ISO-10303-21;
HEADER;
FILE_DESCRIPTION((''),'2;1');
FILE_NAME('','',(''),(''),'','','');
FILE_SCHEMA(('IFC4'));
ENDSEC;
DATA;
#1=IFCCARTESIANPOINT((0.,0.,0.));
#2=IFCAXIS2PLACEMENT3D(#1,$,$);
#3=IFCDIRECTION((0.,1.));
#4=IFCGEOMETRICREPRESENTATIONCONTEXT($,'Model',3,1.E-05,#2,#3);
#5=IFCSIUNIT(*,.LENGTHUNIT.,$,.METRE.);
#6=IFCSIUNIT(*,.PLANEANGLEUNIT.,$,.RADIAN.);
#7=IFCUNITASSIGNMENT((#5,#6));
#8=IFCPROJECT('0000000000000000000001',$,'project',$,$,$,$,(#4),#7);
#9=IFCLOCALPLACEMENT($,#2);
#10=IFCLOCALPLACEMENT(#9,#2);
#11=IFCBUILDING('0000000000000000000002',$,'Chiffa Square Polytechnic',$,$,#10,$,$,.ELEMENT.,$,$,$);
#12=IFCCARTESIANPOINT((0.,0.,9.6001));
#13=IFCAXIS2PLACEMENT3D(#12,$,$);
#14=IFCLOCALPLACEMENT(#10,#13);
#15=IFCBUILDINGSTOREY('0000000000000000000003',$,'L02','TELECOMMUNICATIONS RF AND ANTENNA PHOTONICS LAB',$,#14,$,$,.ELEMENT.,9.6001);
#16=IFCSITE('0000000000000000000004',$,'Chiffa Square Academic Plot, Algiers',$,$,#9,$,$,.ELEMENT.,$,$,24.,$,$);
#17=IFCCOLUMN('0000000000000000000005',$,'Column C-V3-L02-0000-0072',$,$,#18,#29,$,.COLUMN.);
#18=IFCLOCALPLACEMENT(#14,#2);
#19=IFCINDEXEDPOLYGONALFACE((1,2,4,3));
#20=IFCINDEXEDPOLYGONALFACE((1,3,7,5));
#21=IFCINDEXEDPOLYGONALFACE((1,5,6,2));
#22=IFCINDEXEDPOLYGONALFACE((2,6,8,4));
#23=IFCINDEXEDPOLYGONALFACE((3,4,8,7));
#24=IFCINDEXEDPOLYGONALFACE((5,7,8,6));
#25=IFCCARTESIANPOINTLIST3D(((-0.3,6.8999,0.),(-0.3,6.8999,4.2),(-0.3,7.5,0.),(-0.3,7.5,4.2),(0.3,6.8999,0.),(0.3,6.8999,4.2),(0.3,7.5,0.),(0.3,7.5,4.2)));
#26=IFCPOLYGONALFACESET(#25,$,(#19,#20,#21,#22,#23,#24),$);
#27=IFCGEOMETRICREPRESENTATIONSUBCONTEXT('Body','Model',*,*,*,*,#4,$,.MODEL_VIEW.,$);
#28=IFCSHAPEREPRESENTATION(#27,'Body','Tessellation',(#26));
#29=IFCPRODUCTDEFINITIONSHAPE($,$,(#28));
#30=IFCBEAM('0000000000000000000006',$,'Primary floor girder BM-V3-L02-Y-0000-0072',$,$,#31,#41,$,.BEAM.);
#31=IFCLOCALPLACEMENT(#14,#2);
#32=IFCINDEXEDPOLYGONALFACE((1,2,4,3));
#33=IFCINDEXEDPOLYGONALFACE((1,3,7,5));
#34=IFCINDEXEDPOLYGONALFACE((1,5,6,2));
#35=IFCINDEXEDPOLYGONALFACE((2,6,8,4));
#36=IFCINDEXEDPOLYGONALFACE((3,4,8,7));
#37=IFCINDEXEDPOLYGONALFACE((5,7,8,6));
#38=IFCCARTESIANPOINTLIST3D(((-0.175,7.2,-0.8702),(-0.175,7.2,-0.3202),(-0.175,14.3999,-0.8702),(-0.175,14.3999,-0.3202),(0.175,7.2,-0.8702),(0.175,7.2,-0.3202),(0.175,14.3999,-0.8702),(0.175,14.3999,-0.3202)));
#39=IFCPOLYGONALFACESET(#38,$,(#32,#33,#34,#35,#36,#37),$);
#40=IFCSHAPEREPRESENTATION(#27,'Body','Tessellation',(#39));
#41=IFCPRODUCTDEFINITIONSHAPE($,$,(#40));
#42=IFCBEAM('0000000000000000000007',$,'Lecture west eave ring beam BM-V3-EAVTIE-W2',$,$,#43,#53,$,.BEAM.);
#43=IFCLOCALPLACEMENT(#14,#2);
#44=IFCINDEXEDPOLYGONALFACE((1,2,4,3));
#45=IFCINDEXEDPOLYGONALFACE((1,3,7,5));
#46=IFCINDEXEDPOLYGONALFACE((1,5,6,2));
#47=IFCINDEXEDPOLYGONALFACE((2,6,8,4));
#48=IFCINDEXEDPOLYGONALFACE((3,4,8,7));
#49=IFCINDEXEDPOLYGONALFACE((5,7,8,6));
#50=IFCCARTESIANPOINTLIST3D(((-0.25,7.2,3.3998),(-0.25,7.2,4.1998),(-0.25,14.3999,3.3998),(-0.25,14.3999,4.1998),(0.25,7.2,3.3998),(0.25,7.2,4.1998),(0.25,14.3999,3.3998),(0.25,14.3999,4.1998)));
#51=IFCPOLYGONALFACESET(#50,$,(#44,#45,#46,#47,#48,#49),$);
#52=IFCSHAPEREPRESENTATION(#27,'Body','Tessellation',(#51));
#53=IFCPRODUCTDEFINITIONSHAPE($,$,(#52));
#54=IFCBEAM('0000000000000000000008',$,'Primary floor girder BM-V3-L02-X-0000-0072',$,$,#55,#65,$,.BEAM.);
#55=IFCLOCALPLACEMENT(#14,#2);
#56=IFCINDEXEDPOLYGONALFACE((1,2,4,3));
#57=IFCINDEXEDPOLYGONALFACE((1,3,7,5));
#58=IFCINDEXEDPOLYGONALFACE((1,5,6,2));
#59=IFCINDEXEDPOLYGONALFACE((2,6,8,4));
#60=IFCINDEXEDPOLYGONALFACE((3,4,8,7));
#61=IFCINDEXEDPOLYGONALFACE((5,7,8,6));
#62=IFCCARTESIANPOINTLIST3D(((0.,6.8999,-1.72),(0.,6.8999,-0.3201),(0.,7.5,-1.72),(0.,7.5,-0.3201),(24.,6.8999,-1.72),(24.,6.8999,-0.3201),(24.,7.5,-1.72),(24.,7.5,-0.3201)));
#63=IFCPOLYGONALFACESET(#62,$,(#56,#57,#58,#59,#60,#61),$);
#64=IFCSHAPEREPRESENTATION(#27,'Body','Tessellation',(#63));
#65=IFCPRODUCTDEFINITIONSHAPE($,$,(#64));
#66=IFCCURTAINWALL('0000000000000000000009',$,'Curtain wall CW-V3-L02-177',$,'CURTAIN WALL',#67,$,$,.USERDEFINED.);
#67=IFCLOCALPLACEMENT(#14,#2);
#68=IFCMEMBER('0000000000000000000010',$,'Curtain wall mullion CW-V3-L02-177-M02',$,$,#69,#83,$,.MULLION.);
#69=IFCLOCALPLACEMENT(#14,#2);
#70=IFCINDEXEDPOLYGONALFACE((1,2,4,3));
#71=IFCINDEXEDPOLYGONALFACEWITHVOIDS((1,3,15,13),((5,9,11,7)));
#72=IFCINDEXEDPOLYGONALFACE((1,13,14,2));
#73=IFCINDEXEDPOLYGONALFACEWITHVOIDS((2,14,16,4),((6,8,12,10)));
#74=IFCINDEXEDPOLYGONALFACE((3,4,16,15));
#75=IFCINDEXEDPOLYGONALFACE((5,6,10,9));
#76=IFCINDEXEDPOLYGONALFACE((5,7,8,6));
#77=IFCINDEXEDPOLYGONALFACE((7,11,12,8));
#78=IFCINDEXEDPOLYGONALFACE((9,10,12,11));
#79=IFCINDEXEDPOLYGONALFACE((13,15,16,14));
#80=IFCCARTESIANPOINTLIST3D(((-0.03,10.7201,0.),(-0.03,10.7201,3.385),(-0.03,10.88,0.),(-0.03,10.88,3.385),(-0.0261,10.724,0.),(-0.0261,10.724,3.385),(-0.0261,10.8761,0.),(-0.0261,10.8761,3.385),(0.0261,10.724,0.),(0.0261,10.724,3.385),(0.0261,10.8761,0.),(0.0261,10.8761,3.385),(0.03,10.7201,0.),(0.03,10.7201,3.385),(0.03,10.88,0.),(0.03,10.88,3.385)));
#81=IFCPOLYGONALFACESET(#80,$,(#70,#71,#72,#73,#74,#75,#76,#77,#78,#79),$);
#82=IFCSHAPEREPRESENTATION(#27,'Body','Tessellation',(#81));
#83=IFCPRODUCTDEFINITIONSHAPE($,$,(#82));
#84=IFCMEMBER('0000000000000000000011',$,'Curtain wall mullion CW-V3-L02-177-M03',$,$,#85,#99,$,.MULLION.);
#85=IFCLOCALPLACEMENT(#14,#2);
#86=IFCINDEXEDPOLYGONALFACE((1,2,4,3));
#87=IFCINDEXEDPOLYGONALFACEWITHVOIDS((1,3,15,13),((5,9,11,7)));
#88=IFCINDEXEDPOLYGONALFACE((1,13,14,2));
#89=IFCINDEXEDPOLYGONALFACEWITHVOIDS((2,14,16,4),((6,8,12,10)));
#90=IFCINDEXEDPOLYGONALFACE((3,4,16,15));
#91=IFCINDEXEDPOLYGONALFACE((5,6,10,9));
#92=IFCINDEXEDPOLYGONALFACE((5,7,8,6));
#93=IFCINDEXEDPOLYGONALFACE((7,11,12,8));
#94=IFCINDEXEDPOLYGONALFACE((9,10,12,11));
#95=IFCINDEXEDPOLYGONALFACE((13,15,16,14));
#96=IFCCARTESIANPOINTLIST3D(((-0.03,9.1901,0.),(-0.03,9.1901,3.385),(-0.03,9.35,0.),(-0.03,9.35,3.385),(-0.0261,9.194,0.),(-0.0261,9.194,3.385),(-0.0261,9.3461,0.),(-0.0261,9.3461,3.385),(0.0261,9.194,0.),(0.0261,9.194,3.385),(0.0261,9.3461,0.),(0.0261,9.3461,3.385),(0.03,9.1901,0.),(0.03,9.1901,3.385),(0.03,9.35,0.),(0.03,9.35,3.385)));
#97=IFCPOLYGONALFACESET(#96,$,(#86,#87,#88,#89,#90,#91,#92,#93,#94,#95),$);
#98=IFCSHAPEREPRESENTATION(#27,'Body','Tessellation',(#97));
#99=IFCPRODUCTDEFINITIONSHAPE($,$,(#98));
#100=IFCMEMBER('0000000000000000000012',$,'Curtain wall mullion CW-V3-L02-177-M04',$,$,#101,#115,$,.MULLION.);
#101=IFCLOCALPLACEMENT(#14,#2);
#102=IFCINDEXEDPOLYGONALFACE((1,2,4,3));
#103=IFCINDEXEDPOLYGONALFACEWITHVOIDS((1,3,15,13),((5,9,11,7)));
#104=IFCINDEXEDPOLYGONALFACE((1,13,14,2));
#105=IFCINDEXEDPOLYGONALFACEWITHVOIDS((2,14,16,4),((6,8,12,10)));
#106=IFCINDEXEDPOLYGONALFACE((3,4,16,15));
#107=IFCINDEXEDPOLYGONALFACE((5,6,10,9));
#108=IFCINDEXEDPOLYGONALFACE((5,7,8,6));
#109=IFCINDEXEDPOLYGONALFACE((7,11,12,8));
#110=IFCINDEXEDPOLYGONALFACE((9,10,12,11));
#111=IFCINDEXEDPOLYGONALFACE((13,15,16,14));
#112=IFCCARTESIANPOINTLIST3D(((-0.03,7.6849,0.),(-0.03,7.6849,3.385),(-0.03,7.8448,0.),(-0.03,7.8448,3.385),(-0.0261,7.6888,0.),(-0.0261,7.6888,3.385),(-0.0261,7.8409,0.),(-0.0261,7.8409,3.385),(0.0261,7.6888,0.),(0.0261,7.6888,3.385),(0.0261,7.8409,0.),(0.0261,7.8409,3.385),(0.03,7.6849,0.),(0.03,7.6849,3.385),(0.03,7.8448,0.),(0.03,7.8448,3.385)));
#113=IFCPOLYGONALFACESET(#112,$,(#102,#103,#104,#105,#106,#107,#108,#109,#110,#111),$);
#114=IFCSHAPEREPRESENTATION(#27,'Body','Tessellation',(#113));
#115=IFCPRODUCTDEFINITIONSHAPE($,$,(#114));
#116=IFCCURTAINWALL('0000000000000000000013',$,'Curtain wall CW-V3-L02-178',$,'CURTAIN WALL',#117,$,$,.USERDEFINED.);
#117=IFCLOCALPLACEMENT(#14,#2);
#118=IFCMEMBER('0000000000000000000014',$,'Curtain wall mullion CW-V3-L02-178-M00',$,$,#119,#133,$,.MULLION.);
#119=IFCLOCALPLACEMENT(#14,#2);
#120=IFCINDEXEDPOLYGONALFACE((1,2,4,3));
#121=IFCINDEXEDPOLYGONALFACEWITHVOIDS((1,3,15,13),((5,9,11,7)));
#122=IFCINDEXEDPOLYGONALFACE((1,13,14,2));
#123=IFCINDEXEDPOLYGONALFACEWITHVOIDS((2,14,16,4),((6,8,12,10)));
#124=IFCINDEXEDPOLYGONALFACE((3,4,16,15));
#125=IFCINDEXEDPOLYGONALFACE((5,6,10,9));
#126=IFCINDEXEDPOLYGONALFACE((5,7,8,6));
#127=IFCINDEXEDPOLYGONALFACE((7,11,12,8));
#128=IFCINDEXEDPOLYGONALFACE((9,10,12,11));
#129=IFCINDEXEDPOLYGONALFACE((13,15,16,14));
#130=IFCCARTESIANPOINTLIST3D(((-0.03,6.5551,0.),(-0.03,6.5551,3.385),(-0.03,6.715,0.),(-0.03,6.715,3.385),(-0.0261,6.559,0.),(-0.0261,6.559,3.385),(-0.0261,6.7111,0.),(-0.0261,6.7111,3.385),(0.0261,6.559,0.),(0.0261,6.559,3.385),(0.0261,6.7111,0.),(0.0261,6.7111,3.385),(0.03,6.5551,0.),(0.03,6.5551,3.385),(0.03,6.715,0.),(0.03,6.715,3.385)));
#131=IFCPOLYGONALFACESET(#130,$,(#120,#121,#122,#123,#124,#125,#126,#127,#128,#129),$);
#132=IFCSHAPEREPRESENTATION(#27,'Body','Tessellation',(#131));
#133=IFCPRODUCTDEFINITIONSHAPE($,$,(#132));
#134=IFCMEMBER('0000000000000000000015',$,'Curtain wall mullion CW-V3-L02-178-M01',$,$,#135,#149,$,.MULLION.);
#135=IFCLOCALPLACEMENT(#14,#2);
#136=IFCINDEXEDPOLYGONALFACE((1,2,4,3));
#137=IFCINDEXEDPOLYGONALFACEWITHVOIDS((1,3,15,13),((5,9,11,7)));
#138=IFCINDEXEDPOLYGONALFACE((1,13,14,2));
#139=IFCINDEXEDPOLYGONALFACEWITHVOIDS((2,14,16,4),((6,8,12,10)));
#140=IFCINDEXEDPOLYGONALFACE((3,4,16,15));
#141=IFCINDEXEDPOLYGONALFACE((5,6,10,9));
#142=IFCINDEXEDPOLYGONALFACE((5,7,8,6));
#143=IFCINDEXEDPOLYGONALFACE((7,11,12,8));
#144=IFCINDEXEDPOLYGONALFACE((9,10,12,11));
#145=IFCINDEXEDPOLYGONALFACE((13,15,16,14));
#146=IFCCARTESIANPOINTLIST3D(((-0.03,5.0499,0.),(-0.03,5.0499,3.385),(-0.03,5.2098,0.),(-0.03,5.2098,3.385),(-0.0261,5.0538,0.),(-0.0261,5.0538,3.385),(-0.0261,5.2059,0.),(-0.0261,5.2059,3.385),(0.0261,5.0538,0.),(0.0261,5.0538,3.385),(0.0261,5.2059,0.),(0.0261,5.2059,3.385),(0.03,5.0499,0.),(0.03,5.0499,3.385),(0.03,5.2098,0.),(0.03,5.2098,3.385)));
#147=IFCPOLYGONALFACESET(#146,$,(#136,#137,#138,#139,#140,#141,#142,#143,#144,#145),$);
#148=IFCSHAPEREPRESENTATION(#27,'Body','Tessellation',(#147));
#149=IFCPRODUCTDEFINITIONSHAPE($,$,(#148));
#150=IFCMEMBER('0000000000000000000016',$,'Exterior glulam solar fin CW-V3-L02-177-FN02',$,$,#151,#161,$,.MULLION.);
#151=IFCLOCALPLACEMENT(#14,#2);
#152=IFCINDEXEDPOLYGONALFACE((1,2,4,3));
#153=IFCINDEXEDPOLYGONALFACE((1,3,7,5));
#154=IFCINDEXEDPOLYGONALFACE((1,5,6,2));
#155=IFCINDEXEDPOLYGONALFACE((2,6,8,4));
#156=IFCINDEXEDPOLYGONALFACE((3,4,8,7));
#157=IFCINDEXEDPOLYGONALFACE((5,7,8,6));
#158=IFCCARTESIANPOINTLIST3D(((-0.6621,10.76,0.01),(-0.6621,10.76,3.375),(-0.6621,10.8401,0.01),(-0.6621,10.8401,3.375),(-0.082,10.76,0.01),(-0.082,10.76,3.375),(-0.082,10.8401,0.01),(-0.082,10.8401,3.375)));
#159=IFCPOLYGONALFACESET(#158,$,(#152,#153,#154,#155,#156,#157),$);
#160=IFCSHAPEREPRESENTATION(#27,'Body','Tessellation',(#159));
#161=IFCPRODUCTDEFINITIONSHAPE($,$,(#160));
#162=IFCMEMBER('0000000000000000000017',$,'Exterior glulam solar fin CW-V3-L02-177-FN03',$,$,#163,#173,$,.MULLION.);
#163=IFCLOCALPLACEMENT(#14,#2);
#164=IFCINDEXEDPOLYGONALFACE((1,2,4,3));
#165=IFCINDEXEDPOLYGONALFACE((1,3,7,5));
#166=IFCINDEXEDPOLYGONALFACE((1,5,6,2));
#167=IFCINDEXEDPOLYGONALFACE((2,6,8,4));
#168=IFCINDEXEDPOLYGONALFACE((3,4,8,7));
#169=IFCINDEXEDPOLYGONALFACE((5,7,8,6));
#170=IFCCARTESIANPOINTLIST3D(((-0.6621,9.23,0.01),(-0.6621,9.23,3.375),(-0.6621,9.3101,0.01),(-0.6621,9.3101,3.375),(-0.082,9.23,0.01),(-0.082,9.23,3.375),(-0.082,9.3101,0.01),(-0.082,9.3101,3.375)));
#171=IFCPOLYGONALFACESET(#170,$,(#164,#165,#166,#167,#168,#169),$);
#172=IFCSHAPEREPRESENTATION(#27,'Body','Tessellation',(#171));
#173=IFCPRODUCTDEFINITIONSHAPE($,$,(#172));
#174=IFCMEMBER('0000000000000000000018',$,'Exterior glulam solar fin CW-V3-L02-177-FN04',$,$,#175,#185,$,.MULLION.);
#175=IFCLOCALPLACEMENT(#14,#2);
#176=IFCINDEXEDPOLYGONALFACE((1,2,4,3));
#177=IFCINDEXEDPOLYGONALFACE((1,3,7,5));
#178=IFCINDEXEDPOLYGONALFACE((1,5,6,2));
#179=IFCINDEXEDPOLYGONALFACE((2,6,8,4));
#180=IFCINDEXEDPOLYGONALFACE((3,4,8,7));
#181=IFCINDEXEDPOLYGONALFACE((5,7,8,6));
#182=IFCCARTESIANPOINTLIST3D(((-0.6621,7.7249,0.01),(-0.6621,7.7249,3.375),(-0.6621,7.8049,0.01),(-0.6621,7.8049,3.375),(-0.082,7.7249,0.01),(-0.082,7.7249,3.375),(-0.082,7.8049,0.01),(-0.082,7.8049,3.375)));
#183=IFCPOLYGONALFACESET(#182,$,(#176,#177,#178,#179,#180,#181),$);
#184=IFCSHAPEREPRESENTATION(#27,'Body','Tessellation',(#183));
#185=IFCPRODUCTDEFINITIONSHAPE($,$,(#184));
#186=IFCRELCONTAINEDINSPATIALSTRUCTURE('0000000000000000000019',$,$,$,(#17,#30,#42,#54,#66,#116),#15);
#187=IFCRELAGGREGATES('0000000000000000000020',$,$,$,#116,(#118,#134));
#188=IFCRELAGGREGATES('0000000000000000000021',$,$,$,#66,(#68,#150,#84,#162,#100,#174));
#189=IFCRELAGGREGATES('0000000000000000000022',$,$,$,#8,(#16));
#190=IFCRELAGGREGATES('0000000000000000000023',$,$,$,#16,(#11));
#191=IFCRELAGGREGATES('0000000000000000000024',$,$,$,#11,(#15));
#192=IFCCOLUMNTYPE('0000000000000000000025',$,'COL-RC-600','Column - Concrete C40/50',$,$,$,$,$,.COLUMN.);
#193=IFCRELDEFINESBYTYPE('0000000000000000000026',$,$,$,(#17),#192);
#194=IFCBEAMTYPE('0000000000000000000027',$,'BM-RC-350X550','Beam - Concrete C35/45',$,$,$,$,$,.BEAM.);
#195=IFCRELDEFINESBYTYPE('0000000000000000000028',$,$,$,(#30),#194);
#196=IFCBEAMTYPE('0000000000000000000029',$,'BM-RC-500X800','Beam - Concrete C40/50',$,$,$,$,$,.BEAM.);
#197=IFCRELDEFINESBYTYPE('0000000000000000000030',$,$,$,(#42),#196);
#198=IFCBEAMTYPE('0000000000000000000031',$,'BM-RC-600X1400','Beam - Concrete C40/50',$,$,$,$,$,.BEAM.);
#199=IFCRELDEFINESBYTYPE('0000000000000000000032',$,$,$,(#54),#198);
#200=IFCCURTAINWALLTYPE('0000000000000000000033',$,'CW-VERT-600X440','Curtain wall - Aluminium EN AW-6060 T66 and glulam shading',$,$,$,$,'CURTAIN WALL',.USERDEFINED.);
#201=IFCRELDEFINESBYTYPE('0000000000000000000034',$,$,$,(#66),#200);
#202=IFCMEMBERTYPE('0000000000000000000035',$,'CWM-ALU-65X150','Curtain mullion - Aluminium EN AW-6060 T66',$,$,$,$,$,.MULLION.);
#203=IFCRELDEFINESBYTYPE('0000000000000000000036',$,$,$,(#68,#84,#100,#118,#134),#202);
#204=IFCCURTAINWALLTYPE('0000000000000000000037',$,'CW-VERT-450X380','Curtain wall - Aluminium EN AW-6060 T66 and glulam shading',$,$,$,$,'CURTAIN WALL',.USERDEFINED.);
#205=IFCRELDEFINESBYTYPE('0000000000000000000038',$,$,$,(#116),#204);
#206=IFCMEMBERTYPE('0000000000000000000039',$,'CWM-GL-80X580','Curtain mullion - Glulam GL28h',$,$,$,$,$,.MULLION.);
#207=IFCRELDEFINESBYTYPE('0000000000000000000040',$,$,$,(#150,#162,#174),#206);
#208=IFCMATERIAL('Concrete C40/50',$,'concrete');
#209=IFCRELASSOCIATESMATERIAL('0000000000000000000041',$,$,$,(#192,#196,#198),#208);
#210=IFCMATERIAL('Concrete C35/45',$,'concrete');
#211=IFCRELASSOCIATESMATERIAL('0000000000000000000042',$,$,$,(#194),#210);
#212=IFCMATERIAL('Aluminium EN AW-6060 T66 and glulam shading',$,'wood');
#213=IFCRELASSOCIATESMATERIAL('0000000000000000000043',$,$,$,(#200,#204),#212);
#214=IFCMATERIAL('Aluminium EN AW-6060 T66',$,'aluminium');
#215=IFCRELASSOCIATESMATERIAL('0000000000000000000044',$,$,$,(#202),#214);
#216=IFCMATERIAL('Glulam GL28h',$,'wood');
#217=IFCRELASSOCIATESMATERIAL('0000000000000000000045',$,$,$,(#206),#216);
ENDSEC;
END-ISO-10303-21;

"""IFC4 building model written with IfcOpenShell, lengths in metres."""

from ifc_helpers import new_model, si_unit, direction, frame, origin, origin_2d, place, context, subcontext, project, spatial, rectangle, hollow_rectangle, extrude, material, material_profile, profile_set, type_object, element, aggregate, save


model = new_model("IFC4")

# Units and contexts
model_context = context("Model", 3, precision=1e-05, world=origin(), true_north=direction((0.0, 1.0)))
body_context = subcontext(model_context, "Body", "Model", "MODEL_VIEW")
ifc_project = project(units=[si_unit("LENGTHUNIT", "METRE"), si_unit("PLANEANGLEUNIT", "RADIAN")], contexts=[model_context])

# Site, building, storey
site_placement = place(None, origin())
site = spatial("IfcSite", under=ifc_project, at=site_placement, Name="Chiffa Square Academic Plot, Algiers", CompositionType="ELEMENT", RefElevation=24.0)
building_placement = place(site_placement, origin())
building = spatial("IfcBuilding", under=site, at=building_placement, Name="Chiffa Square Polytechnic", CompositionType="ELEMENT")
storey_placement = place(building_placement, frame((0.0, 0.0, 9.6001)))
storey = spatial("IfcBuildingStorey", under=building, at=storey_placement, Name="L02", Description="TELECOMMUNICATIONS RF AND ANTENNA PHOTONICS LAB", CompositionType="ELEMENT", Elevation=9.6001)

# Column
ifc_material_1 = material(Name="Concrete C40/50", Category="concrete")
ifc_material_profile_1 = material_profile(ifc_material_1, rectangle(XDim=0.6001, YDim=0.6001, at=origin_2d()), Name="RC 600x600")
ifc_profile_set_1 = profile_set([ifc_material_profile_1], Name="Concrete C40/50")
column_type = type_object("IfcColumnType", Name="COL-RC-600", Description="Column - Concrete C40/50", PredefinedType="COLUMN", material=ifc_profile_set_1)
column_placement = place(storey_placement, frame((0.0, 7.2, 0.0), z_axis=(0.0, 0.0, 1.0), x_axis=(1.0, 0.0, 0.0)))
element("IfcColumn", 1, at=column_placement, inside=storey, type_object=column_type, Name="Column C-V3-L02-0000-0072", PredefinedType="COLUMN", context=body_context, shape_type="SweptSolid", body=[
    extrude(rectangle(XDim=0.6001, YDim=0.6001, at=origin_2d()), origin(), (0.0, 0.0, 1.0), 4.2),
])

# Beams
ifc_material_2 = material(Name="Concrete C35/45", Category="concrete")
ifc_material_profile_2 = material_profile(ifc_material_2, rectangle(XDim=0.3501, YDim=0.55, at=origin_2d()), Name="RC 350x550")
ifc_profile_set_2 = profile_set([ifc_material_profile_2], Name="Concrete C35/45")
beam_type_1 = type_object("IfcBeamType", Name="BM-RC-350X550", Description="Beam - Concrete C35/45", PredefinedType="BEAM", material=ifc_profile_set_2)
beam_1_placement = place(storey_placement, frame((0.0, 7.2, -0.5952), z_axis=(0.0, 1.0, 0.0), x_axis=(-1.0, 0.0, 0.0)))
element("IfcBeam", 2, at=beam_1_placement, inside=storey, type_object=beam_type_1, Name="Primary floor girder BM-V3-L02-Y-0000-0072", PredefinedType="BEAM", context=body_context, shape_type="SweptSolid", body=[
    extrude(rectangle(XDim=0.3501, YDim=0.55, at=origin_2d()), origin(), (0.0, 0.0, 1.0), 7.2),
])
ifc_material_profile_3 = material_profile(ifc_material_1, rectangle(XDim=0.5, YDim=0.8, at=origin_2d()), Name="RC 500x800")
ifc_profile_set_3 = profile_set([ifc_material_profile_3], Name="Concrete C40/50")
beam_type_2 = type_object("IfcBeamType", Name="BM-RC-500X800", Description="Beam - Concrete C40/50", PredefinedType="BEAM", material=ifc_profile_set_3)
beam_2_placement = place(storey_placement, frame((0.0, 7.2, 3.7998), z_axis=(0.0, 1.0, 0.0), x_axis=(-1.0, 0.0, 0.0)))
element("IfcBeam", 3, at=beam_2_placement, inside=storey, type_object=beam_type_2, Name="Lecture west eave ring beam BM-V3-EAVTIE-W2", PredefinedType="BEAM", context=body_context, shape_type="SweptSolid", body=[
    extrude(rectangle(XDim=0.5, YDim=0.8, at=origin_2d()), origin(), (0.0, 0.0, 1.0), 7.2),
])
ifc_material_profile_4 = material_profile(ifc_material_1, rectangle(XDim=0.6001, YDim=1.3999, at=origin_2d()), Name="RC 600x1400")
ifc_profile_set_4 = profile_set([ifc_material_profile_4], Name="Concrete C40/50")
beam_type_3 = type_object("IfcBeamType", Name="BM-RC-600X1400", Description="Beam - Concrete C40/50", PredefinedType="BEAM", material=ifc_profile_set_4)
beam_3_placement = place(storey_placement, frame((0.0, 7.2, -1.02), z_axis=(1.0, 0.0, 0.0), x_axis=(0.0, 1.0, 0.0)))
element("IfcBeam", 4, at=beam_3_placement, inside=storey, type_object=beam_type_3, Name="Primary floor girder BM-V3-L02-X-0000-0072", PredefinedType="BEAM", context=body_context, shape_type="SweptSolid", body=[
    extrude(rectangle(XDim=0.6001, YDim=1.3999, at=origin_2d()), origin(), (0.0, 0.0, 1.0), 24.0),
])

# Curtain walls, members
ifc_material_3 = material(Name="Aluminium EN AW-6060 T66 and glulam shading", Category="wood")
curtain_wall_type_1 = type_object("IfcCurtainWallType", Name="CW-VERT-600X440", Description="Curtain wall - Aluminium EN AW-6060 T66 and glulam shading", ElementType="CURTAIN WALL", PredefinedType="USERDEFINED", material=ifc_material_3)
curtain_wall_1_placement = place(storey_placement, origin())
curtain_wall_1 = element("IfcCurtainWall", 5, at=curtain_wall_1_placement, inside=storey, type_object=curtain_wall_type_1, Name="Curtain wall CW-V3-L02-177", ObjectType="CURTAIN WALL", PredefinedType="USERDEFINED")
ifc_material_4 = material(Name="Aluminium EN AW-6060 T66", Category="aluminium")
ifc_material_profile_5 = material_profile(ifc_material_4, hollow_rectangle(XDim=0.0601, YDim=0.1599, WallThickness=0.0039, at=origin_2d()), Name="ALU 60x160x4")
ifc_profile_set_5 = profile_set([ifc_material_profile_5], Name="Aluminium EN AW-6060 T66")
member_type_1 = type_object("IfcMemberType", Name="CWM-ALU-65X150", Description="Curtain mullion - Aluminium EN AW-6060 T66", PredefinedType="MULLION", material=ifc_profile_set_5)
member_1_placement = place(storey_placement, frame((0.0, 10.8, 0.0), z_axis=(0.0, 0.0, 1.0), x_axis=(1.0, 0.0, 0.0)))
member_1 = element("IfcMember", 6, at=member_1_placement, type_object=member_type_1, Name="Curtain wall mullion CW-V3-L02-177-M02", PredefinedType="MULLION", context=body_context, shape_type="SweptSolid", body=[
    extrude(hollow_rectangle(XDim=0.0601, YDim=0.1599, WallThickness=0.0039, at=origin_2d()), origin(), (0.0, 0.0, 1.0), 3.385),
])
member_2_placement = place(storey_placement, frame((0.0, 9.27, 0.0), z_axis=(0.0, 0.0, 1.0), x_axis=(1.0, 0.0, 0.0)))
member_2 = element("IfcMember", 7, at=member_2_placement, type_object=member_type_1, Name="Curtain wall mullion CW-V3-L02-177-M03", PredefinedType="MULLION", context=body_context, shape_type="SweptSolid", body=[
    extrude(hollow_rectangle(XDim=0.0601, YDim=0.1599, WallThickness=0.0039, at=origin_2d()), origin(), (0.0, 0.0, 1.0), 3.385),
])
member_3_placement = place(storey_placement, frame((0.0, 7.7649, 0.0), z_axis=(0.0, 0.0, 1.0), x_axis=(1.0, 0.0, 0.0)))
member_3 = element("IfcMember", 8, at=member_3_placement, type_object=member_type_1, Name="Curtain wall mullion CW-V3-L02-177-M04", PredefinedType="MULLION", context=body_context, shape_type="SweptSolid", body=[
    extrude(hollow_rectangle(XDim=0.0601, YDim=0.1599, WallThickness=0.0039, at=origin_2d()), origin(), (0.0, 0.0, 1.0), 3.385),
])
curtain_wall_type_2 = type_object("IfcCurtainWallType", Name="CW-VERT-450X380", Description="Curtain wall - Aluminium EN AW-6060 T66 and glulam shading", ElementType="CURTAIN WALL", PredefinedType="USERDEFINED", material=ifc_material_3)
curtain_wall_2_placement = place(storey_placement, origin())
curtain_wall_2 = element("IfcCurtainWall", 9, at=curtain_wall_2_placement, inside=storey, type_object=curtain_wall_type_2, Name="Curtain wall CW-V3-L02-178", ObjectType="CURTAIN WALL", PredefinedType="USERDEFINED")
member_4_placement = place(storey_placement, frame((0.0, 6.635, 0.0), z_axis=(0.0, 0.0, 1.0), x_axis=(1.0, 0.0, 0.0)))
member_4 = element("IfcMember", 10, at=member_4_placement, type_object=member_type_1, Name="Curtain wall mullion CW-V3-L02-178-M00", PredefinedType="MULLION", context=body_context, shape_type="SweptSolid", body=[
    extrude(hollow_rectangle(XDim=0.0601, YDim=0.1599, WallThickness=0.0039, at=origin_2d()), origin(), (0.0, 0.0, 1.0), 3.385),
])
member_5_placement = place(storey_placement, frame((0.0, 5.1299, 0.0), z_axis=(0.0, 0.0, 1.0), x_axis=(1.0, 0.0, 0.0)))
member_5 = element("IfcMember", 11, at=member_5_placement, type_object=member_type_1, Name="Curtain wall mullion CW-V3-L02-178-M01", PredefinedType="MULLION", context=body_context, shape_type="SweptSolid", body=[
    extrude(hollow_rectangle(XDim=0.0601, YDim=0.1599, WallThickness=0.0039, at=origin_2d()), origin(), (0.0, 0.0, 1.0), 3.385),
])

# Members
ifc_material_5 = material(Name="Glulam GL28h", Category="wood")
ifc_material_profile_6 = material_profile(ifc_material_5, rectangle(XDim=0.0801, YDim=0.5801, at=origin_2d()), Name="GL28h 80x580")
ifc_profile_set_6 = profile_set([ifc_material_profile_6], Name="Glulam GL28h")
member_type_2 = type_object("IfcMemberType", Name="CWM-GL-80X580", Description="Curtain mullion - Glulam GL28h", PredefinedType="MULLION", material=ifc_profile_set_6)
member_6_placement = place(storey_placement, frame((-0.3721, 10.8, 0.01), z_axis=(0.0, 0.0, 1.0), x_axis=(0.0, -1.0, 0.0)))
member_6 = element("IfcMember", 12, at=member_6_placement, type_object=member_type_2, Name="Exterior glulam solar fin CW-V3-L02-177-FN02", PredefinedType="MULLION", context=body_context, shape_type="SweptSolid", body=[
    extrude(rectangle(XDim=0.0801, YDim=0.5801, at=origin_2d()), origin(), (0.0, 0.0, 1.0), 3.365),
])
member_7_placement = place(storey_placement, frame((-0.3721, 9.27, 0.01), z_axis=(0.0, 0.0, 1.0), x_axis=(0.0, -1.0, 0.0)))
member_7 = element("IfcMember", 13, at=member_7_placement, type_object=member_type_2, Name="Exterior glulam solar fin CW-V3-L02-177-FN03", PredefinedType="MULLION", context=body_context, shape_type="SweptSolid", body=[
    extrude(rectangle(XDim=0.0801, YDim=0.5801, at=origin_2d()), origin(), (0.0, 0.0, 1.0), 3.365),
])
member_8_placement = place(storey_placement, frame((-0.3721, 7.7649, 0.01), z_axis=(0.0, 0.0, 1.0), x_axis=(0.0, -1.0, 0.0)))
member_8 = element("IfcMember", 14, at=member_8_placement, type_object=member_type_2, Name="Exterior glulam solar fin CW-V3-L02-177-FN04", PredefinedType="MULLION", context=body_context, shape_type="SweptSolid", body=[
    extrude(rectangle(XDim=0.0801, YDim=0.5801, at=origin_2d()), origin(), (0.0, 0.0, 1.0), 3.365),
])

aggregate(curtain_wall_2, [member_4, member_5])
aggregate(curtain_wall_1, [member_1, member_6, member_2, member_7, member_3, member_8])

save(model, "model.ifc")
